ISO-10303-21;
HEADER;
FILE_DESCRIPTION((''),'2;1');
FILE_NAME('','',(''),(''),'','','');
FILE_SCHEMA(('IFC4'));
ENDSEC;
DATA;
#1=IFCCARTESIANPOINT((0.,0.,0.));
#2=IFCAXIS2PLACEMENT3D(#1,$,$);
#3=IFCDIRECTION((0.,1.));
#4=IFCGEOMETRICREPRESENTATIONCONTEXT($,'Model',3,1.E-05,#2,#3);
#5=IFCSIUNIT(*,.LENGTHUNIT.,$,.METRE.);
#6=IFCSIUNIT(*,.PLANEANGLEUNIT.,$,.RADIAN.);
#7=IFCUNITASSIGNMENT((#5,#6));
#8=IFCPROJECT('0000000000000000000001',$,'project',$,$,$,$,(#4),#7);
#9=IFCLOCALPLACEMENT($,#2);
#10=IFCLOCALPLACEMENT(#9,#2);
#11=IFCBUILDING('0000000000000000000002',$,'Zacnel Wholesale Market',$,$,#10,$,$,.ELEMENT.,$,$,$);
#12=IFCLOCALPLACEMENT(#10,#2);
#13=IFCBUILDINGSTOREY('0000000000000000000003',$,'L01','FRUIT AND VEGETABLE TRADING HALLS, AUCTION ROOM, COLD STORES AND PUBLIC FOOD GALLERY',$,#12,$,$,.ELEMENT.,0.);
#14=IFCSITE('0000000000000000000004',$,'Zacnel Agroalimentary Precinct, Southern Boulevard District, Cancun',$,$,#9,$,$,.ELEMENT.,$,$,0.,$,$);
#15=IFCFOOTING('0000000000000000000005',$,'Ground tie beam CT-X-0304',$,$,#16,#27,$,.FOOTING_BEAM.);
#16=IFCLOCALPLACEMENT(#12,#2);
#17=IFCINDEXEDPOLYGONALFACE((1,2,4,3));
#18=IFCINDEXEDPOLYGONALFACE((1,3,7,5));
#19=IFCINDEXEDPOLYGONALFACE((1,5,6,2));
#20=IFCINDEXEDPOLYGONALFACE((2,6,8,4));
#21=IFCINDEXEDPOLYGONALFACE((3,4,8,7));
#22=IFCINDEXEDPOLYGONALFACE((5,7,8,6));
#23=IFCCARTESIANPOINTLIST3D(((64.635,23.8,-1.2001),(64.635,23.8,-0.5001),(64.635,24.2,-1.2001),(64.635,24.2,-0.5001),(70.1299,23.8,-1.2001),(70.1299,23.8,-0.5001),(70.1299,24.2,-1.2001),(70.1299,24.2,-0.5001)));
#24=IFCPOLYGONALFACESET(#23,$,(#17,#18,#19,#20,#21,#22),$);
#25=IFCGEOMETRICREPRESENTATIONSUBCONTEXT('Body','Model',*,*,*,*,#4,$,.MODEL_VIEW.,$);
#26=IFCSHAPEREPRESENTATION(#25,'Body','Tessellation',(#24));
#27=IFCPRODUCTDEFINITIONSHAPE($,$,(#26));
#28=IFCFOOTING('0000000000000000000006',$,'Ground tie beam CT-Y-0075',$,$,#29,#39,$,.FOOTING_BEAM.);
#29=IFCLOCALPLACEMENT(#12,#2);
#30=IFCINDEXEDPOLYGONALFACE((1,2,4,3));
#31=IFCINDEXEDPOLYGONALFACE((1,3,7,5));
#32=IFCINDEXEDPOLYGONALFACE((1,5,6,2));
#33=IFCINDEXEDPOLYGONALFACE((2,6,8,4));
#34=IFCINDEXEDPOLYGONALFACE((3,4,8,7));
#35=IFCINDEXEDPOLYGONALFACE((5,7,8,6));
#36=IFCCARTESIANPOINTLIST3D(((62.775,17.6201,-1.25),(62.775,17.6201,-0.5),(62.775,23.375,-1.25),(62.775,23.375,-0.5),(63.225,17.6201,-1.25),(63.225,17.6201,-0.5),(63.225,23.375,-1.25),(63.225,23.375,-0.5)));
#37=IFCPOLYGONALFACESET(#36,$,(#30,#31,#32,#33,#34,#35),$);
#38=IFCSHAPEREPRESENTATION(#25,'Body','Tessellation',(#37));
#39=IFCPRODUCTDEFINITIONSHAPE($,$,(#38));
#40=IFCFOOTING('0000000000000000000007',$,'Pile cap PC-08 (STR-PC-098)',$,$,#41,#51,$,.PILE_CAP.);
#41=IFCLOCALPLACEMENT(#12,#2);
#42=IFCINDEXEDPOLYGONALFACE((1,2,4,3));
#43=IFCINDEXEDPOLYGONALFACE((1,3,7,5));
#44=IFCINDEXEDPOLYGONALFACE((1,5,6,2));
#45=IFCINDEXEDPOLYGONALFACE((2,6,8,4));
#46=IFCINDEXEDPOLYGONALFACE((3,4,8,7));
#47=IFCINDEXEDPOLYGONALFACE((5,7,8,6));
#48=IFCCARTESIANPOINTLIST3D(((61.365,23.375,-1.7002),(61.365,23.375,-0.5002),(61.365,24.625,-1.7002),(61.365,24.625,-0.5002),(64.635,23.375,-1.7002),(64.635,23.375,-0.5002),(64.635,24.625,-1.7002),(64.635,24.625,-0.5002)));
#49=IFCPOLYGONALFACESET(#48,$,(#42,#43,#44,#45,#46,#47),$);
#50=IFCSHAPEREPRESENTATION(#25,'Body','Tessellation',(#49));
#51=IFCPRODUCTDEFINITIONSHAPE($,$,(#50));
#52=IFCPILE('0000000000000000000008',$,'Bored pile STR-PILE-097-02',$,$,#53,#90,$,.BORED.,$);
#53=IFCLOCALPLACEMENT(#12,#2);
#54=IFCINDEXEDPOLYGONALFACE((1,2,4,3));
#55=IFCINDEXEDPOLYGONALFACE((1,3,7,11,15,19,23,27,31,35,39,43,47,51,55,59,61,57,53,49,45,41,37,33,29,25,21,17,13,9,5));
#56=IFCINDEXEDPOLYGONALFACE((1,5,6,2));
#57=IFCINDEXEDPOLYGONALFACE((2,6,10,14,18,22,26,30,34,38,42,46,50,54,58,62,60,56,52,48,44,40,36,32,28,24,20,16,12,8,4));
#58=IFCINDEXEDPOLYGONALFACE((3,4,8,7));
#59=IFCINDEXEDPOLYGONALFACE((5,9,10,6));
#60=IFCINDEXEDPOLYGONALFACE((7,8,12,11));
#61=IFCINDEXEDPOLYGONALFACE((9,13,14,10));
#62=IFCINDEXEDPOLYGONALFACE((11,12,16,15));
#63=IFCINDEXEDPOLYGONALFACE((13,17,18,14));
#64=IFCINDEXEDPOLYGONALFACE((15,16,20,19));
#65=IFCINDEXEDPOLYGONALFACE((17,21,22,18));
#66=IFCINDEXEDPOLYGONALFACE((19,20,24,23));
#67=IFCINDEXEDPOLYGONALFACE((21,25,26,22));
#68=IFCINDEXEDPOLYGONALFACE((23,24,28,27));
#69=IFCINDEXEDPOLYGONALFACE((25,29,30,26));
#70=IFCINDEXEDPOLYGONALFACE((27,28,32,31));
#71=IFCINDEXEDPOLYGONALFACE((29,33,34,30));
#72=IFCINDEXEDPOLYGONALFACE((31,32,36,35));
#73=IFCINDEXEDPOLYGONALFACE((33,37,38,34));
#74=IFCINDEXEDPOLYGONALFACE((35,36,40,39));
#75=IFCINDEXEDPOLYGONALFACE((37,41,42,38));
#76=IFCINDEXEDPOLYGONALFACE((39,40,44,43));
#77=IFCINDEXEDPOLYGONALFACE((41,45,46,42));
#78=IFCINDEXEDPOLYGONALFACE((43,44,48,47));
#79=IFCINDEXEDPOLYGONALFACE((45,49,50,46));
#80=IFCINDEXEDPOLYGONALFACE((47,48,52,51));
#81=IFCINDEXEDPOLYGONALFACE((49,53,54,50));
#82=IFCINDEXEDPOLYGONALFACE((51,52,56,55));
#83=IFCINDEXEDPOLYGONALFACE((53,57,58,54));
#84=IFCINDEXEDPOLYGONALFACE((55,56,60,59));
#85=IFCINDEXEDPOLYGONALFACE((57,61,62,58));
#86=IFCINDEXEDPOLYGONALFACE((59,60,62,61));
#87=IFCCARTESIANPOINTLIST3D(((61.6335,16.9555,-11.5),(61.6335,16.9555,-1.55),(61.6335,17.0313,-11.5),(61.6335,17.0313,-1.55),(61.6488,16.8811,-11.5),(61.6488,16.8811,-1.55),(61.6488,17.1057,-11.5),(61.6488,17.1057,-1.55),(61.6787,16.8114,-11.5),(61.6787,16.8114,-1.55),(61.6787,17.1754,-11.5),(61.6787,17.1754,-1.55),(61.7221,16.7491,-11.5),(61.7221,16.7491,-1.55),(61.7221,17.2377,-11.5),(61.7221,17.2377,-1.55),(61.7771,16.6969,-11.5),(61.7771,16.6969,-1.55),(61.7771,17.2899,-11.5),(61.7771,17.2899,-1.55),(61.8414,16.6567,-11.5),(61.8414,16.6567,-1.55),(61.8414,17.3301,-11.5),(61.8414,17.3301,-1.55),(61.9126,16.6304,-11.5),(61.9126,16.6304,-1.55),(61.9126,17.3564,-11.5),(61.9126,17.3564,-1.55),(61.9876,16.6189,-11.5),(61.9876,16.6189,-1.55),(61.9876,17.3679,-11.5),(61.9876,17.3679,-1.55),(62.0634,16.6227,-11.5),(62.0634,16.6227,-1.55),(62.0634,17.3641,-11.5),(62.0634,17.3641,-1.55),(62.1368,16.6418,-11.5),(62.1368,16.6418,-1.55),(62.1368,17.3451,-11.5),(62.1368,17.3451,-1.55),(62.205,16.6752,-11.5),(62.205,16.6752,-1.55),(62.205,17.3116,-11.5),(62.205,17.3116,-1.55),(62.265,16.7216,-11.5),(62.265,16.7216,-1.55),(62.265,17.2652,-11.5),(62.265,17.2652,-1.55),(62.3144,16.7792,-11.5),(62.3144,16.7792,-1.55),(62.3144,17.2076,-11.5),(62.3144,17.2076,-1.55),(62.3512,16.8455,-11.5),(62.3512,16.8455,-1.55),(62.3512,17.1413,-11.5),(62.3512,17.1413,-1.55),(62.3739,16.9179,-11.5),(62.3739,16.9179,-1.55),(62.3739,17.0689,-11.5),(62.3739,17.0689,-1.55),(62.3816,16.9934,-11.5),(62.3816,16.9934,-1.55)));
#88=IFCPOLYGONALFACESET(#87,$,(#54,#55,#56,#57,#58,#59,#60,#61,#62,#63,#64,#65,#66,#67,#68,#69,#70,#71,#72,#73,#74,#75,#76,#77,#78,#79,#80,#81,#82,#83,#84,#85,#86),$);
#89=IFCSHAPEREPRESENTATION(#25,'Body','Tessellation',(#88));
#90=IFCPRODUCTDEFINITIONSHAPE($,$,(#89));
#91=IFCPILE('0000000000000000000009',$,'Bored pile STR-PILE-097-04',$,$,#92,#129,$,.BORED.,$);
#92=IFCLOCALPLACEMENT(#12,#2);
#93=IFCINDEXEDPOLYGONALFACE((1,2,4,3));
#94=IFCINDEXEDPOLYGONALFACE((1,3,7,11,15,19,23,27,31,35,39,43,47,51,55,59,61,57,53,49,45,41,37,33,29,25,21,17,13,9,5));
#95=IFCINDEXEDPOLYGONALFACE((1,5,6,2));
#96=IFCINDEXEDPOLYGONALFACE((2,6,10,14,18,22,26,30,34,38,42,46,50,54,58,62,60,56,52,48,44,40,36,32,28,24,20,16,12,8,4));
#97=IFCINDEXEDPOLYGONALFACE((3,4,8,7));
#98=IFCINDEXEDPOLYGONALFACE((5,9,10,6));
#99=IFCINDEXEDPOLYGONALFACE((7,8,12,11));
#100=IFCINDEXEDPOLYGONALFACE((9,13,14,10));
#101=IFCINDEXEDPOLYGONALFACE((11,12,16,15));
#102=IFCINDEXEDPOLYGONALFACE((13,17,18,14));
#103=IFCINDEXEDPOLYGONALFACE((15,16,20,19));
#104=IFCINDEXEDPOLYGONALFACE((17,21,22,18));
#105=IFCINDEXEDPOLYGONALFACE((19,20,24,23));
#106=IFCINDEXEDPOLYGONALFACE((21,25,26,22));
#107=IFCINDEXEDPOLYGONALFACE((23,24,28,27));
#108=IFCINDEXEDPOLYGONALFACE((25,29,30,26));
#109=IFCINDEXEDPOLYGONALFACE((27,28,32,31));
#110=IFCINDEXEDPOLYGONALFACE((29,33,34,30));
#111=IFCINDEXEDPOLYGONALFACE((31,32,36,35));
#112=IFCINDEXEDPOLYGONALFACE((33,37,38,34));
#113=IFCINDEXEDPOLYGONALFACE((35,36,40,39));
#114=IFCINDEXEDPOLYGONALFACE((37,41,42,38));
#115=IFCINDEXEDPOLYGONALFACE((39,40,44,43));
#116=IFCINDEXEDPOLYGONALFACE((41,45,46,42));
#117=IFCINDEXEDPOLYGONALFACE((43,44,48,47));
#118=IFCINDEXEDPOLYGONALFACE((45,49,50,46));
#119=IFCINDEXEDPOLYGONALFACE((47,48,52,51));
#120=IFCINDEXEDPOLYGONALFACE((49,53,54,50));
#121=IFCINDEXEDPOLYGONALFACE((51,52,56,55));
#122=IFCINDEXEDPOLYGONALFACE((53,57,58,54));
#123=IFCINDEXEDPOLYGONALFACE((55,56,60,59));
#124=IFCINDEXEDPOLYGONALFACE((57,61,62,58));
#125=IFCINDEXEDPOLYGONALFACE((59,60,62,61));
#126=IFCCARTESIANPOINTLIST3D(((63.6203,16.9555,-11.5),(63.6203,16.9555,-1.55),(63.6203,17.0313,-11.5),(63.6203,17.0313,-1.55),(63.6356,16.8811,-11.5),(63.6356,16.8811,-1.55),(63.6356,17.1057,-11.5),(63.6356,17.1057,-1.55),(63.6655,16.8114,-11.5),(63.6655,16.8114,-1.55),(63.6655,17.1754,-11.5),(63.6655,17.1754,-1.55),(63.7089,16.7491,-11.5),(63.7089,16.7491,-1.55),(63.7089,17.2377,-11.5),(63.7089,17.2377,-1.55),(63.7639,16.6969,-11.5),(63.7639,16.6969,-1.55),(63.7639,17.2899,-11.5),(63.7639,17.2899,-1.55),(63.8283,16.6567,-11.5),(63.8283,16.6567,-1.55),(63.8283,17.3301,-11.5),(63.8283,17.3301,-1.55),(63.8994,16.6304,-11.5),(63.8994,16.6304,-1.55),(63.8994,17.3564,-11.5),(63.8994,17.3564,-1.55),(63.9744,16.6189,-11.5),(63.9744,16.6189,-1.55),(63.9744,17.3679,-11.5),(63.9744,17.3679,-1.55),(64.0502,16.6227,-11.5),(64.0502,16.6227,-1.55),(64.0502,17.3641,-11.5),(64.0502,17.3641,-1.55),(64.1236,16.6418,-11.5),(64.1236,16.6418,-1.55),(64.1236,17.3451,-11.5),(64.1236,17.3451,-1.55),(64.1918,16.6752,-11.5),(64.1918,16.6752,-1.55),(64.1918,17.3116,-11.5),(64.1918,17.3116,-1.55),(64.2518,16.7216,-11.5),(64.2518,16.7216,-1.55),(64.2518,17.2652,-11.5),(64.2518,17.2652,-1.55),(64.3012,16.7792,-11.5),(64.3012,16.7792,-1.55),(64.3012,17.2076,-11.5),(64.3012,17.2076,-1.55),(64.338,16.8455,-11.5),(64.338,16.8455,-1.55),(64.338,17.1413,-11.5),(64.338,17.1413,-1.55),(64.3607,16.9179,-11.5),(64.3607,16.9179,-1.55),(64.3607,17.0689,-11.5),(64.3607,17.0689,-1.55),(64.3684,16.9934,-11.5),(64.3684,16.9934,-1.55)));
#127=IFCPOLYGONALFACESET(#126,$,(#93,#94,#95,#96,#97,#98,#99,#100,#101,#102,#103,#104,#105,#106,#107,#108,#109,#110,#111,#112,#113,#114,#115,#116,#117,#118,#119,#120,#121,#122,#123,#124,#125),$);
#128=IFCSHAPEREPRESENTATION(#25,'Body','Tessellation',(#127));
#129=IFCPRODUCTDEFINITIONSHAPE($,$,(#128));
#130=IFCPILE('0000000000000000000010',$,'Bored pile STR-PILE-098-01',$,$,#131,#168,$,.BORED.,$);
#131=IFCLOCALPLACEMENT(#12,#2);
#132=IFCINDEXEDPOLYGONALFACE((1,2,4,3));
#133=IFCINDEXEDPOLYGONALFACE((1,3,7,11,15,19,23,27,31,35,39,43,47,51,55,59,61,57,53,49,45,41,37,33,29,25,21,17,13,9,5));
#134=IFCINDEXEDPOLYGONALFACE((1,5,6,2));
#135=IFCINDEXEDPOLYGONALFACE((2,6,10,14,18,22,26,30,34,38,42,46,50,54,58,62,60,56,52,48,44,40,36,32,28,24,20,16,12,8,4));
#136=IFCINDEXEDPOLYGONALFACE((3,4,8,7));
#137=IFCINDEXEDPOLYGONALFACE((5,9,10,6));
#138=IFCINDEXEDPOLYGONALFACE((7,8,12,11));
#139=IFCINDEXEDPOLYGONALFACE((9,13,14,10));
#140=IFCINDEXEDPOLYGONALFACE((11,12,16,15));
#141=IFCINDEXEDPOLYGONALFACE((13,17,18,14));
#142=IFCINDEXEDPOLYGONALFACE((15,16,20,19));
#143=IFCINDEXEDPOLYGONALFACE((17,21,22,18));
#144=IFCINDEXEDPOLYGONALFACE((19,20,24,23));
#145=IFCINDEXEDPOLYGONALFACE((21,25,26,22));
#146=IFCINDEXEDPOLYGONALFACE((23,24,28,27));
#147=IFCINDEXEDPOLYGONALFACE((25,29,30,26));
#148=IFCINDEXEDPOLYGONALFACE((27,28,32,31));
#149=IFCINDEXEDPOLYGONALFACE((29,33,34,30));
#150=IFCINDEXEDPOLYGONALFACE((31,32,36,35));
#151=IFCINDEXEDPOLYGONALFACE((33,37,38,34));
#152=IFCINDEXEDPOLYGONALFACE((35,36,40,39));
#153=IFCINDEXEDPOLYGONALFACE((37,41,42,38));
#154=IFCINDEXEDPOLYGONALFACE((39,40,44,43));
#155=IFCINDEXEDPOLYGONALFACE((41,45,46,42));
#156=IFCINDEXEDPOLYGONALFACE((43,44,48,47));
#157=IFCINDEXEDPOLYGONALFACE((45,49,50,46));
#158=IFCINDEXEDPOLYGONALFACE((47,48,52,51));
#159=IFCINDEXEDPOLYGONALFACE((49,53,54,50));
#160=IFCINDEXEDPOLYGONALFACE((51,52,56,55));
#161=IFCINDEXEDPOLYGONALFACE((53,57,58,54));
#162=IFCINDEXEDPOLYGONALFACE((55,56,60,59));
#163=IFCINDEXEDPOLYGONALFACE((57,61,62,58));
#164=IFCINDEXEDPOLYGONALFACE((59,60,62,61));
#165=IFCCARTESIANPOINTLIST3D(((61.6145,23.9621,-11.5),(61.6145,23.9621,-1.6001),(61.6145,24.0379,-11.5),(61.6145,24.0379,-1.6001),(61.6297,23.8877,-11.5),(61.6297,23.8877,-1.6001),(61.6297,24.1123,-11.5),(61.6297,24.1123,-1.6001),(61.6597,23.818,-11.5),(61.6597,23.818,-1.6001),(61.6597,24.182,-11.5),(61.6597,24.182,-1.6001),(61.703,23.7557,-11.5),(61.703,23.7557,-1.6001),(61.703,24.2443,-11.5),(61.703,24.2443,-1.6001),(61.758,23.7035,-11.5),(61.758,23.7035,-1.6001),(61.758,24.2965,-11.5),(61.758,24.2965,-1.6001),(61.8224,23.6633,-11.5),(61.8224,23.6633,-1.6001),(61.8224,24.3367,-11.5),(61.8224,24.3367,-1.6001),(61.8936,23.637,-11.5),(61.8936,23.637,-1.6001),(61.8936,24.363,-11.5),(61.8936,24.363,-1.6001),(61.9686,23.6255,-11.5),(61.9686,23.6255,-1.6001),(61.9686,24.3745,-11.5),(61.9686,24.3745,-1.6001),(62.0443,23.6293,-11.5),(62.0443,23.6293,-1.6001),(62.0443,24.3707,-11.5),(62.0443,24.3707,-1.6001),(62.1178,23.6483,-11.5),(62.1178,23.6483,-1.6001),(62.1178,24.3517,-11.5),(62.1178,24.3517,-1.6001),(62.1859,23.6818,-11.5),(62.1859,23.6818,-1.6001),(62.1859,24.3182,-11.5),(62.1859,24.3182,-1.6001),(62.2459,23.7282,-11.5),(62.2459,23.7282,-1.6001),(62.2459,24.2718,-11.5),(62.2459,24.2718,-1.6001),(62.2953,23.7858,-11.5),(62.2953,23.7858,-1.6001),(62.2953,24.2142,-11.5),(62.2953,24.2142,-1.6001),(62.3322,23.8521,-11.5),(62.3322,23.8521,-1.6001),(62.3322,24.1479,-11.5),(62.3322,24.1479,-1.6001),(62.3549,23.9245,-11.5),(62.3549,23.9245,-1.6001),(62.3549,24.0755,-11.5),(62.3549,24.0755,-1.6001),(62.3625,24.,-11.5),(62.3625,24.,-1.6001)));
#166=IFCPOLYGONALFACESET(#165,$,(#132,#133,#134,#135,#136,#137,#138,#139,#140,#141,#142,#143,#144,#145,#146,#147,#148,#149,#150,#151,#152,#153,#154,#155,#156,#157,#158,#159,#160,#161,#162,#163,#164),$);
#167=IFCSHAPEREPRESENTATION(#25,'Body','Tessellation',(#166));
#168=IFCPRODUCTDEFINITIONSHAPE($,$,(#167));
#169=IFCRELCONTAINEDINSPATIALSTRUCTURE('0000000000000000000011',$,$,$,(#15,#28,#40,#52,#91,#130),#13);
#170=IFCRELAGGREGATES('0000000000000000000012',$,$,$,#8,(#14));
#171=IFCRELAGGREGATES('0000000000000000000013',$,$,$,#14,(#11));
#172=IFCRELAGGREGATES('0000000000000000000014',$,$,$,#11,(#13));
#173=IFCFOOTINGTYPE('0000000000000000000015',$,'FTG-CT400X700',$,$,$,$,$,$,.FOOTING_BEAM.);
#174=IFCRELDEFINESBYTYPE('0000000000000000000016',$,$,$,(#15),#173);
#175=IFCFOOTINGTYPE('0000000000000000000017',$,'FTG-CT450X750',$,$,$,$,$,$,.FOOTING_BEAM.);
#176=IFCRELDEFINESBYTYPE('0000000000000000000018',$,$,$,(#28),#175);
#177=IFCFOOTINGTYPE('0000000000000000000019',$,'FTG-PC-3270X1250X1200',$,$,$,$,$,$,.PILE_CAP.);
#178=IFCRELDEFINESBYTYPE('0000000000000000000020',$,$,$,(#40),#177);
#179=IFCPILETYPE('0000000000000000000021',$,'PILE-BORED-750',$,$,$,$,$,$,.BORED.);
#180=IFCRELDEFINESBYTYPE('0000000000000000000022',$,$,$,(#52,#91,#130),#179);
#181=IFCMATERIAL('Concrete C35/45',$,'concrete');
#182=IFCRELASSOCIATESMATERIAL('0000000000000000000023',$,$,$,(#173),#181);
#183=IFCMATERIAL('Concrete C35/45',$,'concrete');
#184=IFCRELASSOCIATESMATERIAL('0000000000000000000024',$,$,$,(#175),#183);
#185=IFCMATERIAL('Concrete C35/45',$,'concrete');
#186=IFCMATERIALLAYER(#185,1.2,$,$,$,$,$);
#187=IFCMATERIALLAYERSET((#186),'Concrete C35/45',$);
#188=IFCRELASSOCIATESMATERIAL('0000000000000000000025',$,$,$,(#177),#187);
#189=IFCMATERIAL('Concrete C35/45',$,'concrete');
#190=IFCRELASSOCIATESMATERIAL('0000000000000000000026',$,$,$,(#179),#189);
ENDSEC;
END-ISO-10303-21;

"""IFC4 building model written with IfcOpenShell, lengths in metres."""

from ifc_helpers import new_model, si_unit, direction, frame, origin, origin_2d, place, context, subcontext, project, spatial, rectangle, circle, extrude, material, layer, layer_set, material_profile, profile_set, type_object, element, save


model = new_model("IFC4")

# Units and contexts
model_context = context("Model", 3, precision=1e-05, world=origin(), true_north=direction((0.0, 1.0)))
body_context = subcontext(model_context, "Body", "Model", "MODEL_VIEW")
ifc_project = project(units=[si_unit("LENGTHUNIT", "METRE"), si_unit("PLANEANGLEUNIT", "RADIAN")], contexts=[model_context])

# Site, building, storey
site_placement = place(None, origin())
site = spatial("IfcSite", under=ifc_project, at=site_placement, Name="Zacnel Agroalimentary Precinct, Southern Boulevard District, Cancun", CompositionType="ELEMENT", RefElevation=0.0)
building_placement = place(site_placement, origin())
building = spatial("IfcBuilding", under=site, at=building_placement, Name="Zacnel Wholesale Market", CompositionType="ELEMENT")
storey_placement = place(building_placement, origin())
storey = spatial("IfcBuildingStorey", under=building, at=storey_placement, Name="L01", Description="FRUIT AND VEGETABLE TRADING HALLS, AUCTION ROOM, COLD STORES AND PUBLIC FOOD GALLERY", CompositionType="ELEMENT", Elevation=0.0)

# Footings
ifc_material_1 = material(Name="Concrete C35/45", Category="concrete")
ifc_material_profile_1 = material_profile(ifc_material_1, rectangle(XDim=0.3999, YDim=0.7, at=origin_2d()), Name="CT 400x700")
ifc_profile_set_1 = profile_set([ifc_material_profile_1], Name="Concrete C35/45")
footing_type_1 = type_object("IfcFootingType", Name="FTG-CT400X700", PredefinedType="FOOTING_BEAM", material=ifc_profile_set_1)
footing_1_placement = place(storey_placement, frame((64.635, 24.0, -0.8501), z_axis=(1.0, 0.0, 0.0), x_axis=(0.0, 1.0, 0.0)))
element("IfcFooting", 1, at=footing_1_placement, inside=storey, type_object=footing_type_1, Name="Ground tie beam CT-X-0304", PredefinedType="FOOTING_BEAM", context=body_context, shape_type="SweptSolid", body=[
    extrude(rectangle(XDim=0.3999, YDim=0.7, at=origin_2d()), origin(), (0.0, 0.0, 1.0), 5.4949),
])
ifc_material_2 = material(Name="Concrete C35/45", Category="concrete")
ifc_material_profile_2 = material_profile(ifc_material_2, rectangle(XDim=0.45, YDim=0.75, at=origin_2d()), Name="CT 450x750")
ifc_profile_set_2 = profile_set([ifc_material_profile_2], Name="Concrete C35/45")
footing_type_2 = type_object("IfcFootingType", Name="FTG-CT450X750", PredefinedType="FOOTING_BEAM", material=ifc_profile_set_2)
footing_2_placement = place(storey_placement, frame((63.0, 17.6201, -0.875), z_axis=(0.0, 1.0, 0.0), x_axis=(-1.0, 0.0, 0.0)))
element("IfcFooting", 2, at=footing_2_placement, inside=storey, type_object=footing_type_2, Name="Ground tie beam CT-Y-0075", PredefinedType="FOOTING_BEAM", context=body_context, shape_type="SweptSolid", body=[
    extrude(rectangle(XDim=0.45, YDim=0.75, at=origin_2d()), origin(), (0.0, 0.0, 1.0), 5.7549),
])
ifc_material_3 = material(Name="Concrete C35/45", Category="concrete")
ifc_layer_1 = layer(ifc_material_3, 1.2)
ifc_layer_set_1 = layer_set([ifc_layer_1], Name="Concrete C35/45")
footing_type_3 = type_object("IfcFootingType", Name="FTG-PC-3270X1250X1200", PredefinedType="PILE_CAP", material=ifc_layer_set_1)
footing_3_placement = place(storey_placement, frame((63.0, 24.0, -1.7002), z_axis=(0.0, 0.0, 1.0), x_axis=(1.0, 0.0, 0.0)))
element("IfcFooting", 3, at=footing_3_placement, inside=storey, type_object=footing_type_3, Name="Pile cap PC-08 (STR-PC-098)", PredefinedType="PILE_CAP", context=body_context, shape_type="SweptSolid", body=[
    extrude(rectangle(XDim=3.27, YDim=1.25, at=origin_2d()), origin(), (0.0, 0.0, 1.0), 1.2),
])

# Piles
ifc_material_4 = material(Name="Concrete C35/45", Category="concrete")
ifc_material_profile_3 = material_profile(ifc_material_4, circle(Radius=0.375, at=origin_2d()), Name="BORED PILE D750")
ifc_profile_set_3 = profile_set([ifc_material_profile_3], Name="Concrete C35/45")
pile_type = type_object("IfcPileType", Name="PILE-BORED-750", PredefinedType="BORED", material=ifc_profile_set_3)
for number, where, z_axis, x_axis, name in (
    (4, (62.0066, 16.9934, -1.55), (0.0, 0.0, -1.0), (1.0, 0.0, 0.0), "Bored pile STR-PILE-097-02"),
    (5, (63.9934, 16.9934, -1.55), (0.0, 0.0, -1.0), (1.0, 0.0, 0.0), "Bored pile STR-PILE-097-04"),
):
    element("IfcPile", number, at=place(storey_placement, frame(where, z_axis=z_axis, x_axis=x_axis)), inside=storey, type_object=pile_type, Name=name, PredefinedType="BORED", context=body_context, shape_type="SweptSolid", body=[
        extrude(circle(Radius=0.375, at=origin_2d()), origin(), (0.0, 0.0, 1.0), 9.95),
    ])
for number, where, z_axis, x_axis, name in (
    (6, (61.9875, 24.0, -1.6001), (0.0, 0.0, -1.0), (1.0, 0.0, 0.0), "Bored pile STR-PILE-098-01"),
):
    element("IfcPile", number, at=place(storey_placement, frame(where, z_axis=z_axis, x_axis=x_axis)), inside=storey, type_object=pile_type, Name=name, PredefinedType="BORED", context=body_context, shape_type="SweptSolid", body=[
        extrude(circle(Radius=0.375, at=origin_2d()), origin(), (0.0, 0.0, 1.0), 9.8999),
    ])

save(model, "model.ifc")
